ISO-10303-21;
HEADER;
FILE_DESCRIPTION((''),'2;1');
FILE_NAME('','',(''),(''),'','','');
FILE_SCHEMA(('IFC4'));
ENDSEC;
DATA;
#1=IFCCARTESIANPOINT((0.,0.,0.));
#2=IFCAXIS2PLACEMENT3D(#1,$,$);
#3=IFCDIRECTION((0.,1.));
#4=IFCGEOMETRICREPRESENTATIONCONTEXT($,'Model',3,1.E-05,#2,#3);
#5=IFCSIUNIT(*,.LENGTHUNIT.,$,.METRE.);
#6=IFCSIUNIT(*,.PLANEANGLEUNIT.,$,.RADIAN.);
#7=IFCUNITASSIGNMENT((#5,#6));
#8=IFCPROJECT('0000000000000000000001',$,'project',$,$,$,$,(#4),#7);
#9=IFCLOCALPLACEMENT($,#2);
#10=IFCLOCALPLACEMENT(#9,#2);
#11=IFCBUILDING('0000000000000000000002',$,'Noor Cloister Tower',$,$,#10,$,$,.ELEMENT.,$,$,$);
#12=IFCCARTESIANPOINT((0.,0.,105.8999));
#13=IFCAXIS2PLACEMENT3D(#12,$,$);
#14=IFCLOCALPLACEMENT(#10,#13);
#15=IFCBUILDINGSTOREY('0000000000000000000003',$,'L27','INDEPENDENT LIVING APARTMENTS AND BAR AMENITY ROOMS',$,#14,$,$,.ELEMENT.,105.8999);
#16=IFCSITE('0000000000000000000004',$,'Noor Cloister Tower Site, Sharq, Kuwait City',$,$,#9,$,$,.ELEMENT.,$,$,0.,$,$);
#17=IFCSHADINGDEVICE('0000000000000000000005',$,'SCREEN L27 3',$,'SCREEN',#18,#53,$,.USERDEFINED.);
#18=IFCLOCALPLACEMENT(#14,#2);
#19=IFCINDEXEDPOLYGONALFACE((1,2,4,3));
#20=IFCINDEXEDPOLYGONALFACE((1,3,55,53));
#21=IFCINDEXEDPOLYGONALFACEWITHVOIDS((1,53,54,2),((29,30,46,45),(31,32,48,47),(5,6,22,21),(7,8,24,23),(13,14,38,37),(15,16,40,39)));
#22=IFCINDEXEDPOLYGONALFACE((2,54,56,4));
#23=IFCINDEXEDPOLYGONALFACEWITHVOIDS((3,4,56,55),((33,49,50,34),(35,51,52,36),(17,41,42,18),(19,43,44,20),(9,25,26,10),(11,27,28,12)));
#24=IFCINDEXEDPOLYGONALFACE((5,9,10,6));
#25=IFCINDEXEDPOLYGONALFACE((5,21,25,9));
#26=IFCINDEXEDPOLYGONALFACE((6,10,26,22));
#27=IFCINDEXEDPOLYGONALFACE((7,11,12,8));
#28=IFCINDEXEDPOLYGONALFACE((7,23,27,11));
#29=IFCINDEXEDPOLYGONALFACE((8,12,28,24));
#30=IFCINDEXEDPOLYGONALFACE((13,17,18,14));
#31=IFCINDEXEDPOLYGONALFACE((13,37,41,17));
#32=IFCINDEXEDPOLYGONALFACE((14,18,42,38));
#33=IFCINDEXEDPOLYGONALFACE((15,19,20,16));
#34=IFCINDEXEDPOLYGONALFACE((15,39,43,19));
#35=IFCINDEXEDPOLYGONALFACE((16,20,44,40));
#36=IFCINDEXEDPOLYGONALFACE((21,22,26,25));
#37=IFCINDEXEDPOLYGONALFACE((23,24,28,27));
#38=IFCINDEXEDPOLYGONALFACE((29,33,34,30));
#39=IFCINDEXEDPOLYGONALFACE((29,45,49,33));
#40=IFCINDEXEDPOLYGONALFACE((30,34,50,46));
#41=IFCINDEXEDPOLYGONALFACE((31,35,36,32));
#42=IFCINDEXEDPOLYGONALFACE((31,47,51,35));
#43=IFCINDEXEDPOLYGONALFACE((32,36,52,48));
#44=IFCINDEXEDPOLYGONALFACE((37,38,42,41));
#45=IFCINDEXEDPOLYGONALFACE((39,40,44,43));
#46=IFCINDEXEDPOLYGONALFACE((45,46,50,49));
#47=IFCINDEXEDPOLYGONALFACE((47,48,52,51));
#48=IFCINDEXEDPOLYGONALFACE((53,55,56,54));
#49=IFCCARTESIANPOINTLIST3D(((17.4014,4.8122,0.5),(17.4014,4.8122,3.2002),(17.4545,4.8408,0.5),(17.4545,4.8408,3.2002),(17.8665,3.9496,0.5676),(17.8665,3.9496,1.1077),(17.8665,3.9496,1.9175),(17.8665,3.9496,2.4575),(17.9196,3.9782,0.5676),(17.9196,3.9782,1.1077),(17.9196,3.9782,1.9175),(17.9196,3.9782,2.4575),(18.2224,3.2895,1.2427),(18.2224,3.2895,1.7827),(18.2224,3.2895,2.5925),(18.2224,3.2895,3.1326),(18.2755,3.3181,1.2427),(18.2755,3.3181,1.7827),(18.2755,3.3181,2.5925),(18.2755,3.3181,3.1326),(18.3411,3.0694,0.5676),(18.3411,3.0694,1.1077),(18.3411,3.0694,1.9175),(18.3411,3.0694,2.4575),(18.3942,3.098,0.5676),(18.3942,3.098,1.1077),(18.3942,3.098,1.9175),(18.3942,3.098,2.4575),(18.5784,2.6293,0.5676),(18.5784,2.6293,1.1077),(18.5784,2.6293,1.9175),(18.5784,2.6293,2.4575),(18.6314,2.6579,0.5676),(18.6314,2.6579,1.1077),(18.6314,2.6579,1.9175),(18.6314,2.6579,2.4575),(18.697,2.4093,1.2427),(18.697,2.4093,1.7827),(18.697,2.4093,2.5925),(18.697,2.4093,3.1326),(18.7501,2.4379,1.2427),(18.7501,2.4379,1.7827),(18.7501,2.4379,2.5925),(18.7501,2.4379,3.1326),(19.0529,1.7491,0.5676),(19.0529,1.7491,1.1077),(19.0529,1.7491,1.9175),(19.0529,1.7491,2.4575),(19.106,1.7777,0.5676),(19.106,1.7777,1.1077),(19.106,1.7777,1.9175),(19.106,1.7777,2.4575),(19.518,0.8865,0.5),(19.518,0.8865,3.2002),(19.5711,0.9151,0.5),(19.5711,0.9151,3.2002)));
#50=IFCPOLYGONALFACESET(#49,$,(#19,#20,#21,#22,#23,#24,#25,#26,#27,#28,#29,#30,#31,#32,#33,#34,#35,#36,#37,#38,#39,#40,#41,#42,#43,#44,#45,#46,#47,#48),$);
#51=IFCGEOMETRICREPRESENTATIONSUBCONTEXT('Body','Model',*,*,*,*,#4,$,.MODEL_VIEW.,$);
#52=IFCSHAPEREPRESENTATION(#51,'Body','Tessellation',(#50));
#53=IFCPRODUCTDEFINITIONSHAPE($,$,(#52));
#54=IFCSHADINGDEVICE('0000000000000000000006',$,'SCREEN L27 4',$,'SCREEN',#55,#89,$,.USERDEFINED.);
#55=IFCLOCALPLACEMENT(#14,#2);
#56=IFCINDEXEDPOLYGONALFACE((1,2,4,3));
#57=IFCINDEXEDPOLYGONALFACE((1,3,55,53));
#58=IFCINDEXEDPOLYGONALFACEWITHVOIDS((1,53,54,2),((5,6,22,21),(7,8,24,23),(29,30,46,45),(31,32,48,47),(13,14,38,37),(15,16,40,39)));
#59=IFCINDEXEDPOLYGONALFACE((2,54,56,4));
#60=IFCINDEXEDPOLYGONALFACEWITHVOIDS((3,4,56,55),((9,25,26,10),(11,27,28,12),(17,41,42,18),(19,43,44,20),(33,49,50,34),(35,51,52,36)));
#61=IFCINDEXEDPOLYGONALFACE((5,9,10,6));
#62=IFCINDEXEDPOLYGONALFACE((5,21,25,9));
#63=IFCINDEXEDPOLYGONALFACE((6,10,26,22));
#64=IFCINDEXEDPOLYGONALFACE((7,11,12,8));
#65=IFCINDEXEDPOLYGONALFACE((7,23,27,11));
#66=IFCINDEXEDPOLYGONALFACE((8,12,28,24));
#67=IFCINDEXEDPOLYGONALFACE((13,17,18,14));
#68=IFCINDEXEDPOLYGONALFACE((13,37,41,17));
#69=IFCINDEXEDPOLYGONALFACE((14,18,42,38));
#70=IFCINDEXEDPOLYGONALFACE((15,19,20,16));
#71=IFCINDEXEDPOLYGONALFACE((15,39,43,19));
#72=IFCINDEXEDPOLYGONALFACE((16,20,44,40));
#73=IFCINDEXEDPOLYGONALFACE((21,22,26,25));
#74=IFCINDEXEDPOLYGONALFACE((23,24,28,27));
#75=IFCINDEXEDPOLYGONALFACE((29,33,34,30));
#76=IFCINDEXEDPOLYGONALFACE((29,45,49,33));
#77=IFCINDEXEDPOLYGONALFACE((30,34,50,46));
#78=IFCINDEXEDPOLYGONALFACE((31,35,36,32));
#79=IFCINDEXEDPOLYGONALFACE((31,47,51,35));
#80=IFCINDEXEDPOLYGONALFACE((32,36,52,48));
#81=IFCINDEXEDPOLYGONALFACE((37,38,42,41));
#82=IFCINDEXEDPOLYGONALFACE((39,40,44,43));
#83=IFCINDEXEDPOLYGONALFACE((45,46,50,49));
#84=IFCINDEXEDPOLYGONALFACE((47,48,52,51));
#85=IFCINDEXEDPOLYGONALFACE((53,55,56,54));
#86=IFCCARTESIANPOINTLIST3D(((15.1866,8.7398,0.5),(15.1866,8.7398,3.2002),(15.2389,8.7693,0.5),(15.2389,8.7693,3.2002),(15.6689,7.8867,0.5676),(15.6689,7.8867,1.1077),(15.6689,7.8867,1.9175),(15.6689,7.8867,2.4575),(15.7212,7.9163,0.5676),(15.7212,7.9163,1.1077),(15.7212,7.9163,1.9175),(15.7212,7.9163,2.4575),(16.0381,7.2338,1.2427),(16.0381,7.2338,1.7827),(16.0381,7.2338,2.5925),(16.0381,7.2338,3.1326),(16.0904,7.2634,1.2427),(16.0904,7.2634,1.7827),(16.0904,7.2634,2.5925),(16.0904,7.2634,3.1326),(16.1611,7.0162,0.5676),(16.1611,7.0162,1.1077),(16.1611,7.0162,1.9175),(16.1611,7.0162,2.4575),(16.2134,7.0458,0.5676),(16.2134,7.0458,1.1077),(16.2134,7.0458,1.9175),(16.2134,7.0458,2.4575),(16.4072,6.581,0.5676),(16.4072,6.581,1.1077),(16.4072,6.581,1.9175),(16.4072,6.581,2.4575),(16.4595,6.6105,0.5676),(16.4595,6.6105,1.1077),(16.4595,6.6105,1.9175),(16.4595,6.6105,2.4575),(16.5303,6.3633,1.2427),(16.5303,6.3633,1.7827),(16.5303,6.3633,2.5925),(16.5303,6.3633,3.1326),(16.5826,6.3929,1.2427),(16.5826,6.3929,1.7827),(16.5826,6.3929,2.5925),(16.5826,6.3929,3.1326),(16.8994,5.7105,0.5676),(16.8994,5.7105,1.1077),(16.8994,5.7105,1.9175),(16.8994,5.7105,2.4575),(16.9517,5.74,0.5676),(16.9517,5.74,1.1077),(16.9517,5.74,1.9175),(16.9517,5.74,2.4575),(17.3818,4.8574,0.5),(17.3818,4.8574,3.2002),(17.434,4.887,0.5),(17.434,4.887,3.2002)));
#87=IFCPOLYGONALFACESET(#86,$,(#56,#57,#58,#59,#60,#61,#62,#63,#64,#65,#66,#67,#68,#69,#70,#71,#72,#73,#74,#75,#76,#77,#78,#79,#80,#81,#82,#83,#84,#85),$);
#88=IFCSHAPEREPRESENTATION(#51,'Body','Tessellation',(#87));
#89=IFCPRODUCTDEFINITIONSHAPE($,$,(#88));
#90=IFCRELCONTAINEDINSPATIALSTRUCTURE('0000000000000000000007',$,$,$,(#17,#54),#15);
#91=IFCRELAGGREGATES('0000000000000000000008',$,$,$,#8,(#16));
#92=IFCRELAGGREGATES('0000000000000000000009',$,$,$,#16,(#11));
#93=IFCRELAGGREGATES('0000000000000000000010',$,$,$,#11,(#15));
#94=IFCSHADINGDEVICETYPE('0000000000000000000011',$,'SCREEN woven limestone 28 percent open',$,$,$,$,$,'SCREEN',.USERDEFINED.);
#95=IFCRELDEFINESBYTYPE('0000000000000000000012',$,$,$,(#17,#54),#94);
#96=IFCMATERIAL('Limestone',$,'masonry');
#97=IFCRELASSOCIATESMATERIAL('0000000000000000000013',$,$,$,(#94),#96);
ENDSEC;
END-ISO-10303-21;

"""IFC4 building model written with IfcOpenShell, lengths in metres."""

from ifc_helpers import new_model, si_unit, direction, frame, origin, place, context, subcontext, project, spatial, polyline, outline, extrude, material, material_profile, profile_set, type_object, element, save


model = new_model("IFC4")

# Units and contexts
model_context = context("Model", 3, precision=1e-05, world=origin(), true_north=direction((0.0, 1.0)))
body_context = subcontext(model_context, "Body", "Model", "MODEL_VIEW")
ifc_project = project(units=[si_unit("LENGTHUNIT", "METRE"), si_unit("PLANEANGLEUNIT", "RADIAN")], contexts=[model_context])

# Site, building, storey
site_placement = place(None, origin())
site = spatial("IfcSite", under=ifc_project, at=site_placement, Name="Noor Cloister Tower Site, Sharq, Kuwait City", CompositionType="ELEMENT", RefElevation=0.0)
building_placement = place(site_placement, origin())
building = spatial("IfcBuilding", under=site, at=building_placement, Name="Noor Cloister Tower", CompositionType="ELEMENT")
storey_placement = place(building_placement, frame((0.0, 0.0, 105.8999)))
storey = spatial("IfcBuildingStorey", under=building, at=storey_placement, Name="L27", Description="INDEPENDENT LIVING APARTMENTS AND BAR AMENITY ROOMS", CompositionType="ELEMENT", Elevation=105.8999)

# Shading devices
ifc_material_1 = material(Name="Limestone", Category="masonry")
ifc_material_profile_1 = material_profile(ifc_material_1, outline(polyline([(-2.23, -1.3501), (2.23, -1.3501), (2.23, 1.3501), (-2.23, 1.3501), (-2.23, -1.3501)]), holes=[polyline([(-1.25, -1.2825), (-0.25, -1.2825), (-0.25, -0.7424), (-1.25, -0.7424), (-1.25, -1.2825)]), polyline([(0.25, -1.2825), (1.25, -1.2825), (1.25, -0.7424), (0.25, -0.7424), (0.25, -1.2825)]), polyline([(-0.5, -0.6074), (0.5, -0.6074), (0.5, -0.0674), (-0.5, -0.0674), (-0.5, -0.6074)]), polyline([(-1.25, 0.0674), (-0.25, 0.0674), (-0.25, 0.6074), (-1.25, 0.6074), (-1.25, 0.0674)]), polyline([(0.25, 0.0674), (1.25, 0.0674), (1.25, 0.6074), (0.25, 0.6074), (0.25, 0.0674)]), polyline([(-0.5, 0.7424), (0.5, 0.7424), (0.5, 1.2825), (-0.5, 1.2825), (-0.5, 0.7424)])]), Name="Woven screen 28 percent open")
ifc_profile_set_1 = profile_set([ifc_material_profile_1], Name="Limestone")
shading_device_type = type_object("IfcShadingDeviceType", Name="SCREEN woven limestone 28 percent open", ElementType="SCREEN", PredefinedType="USERDEFINED", material=ifc_profile_set_1)
shading_device_1_placement = place(storey_placement, frame((18.4597, 2.8494, 1.8501), z_axis=(0.88021, 0.474584, 0.0), x_axis=(-0.474584, 0.88021, 0.0)))
element("IfcShadingDevice", 1, at=shading_device_1_placement, inside=storey, type_object=shading_device_type, Name="SCREEN L27 3", ObjectType="SCREEN", PredefinedType="USERDEFINED", context=body_context, shape_type="SweptSolid", body=[
    extrude(outline(polyline([(-2.23, -1.3501), (2.23, -1.3501), (2.23, 1.3501), (-2.23, 1.3501), (-2.23, -1.3501)]), holes=[polyline([(-1.25, -1.2825), (-0.25, -1.2825), (-0.25, -0.7424), (-1.25, -0.7424), (-1.25, -1.2825)]), polyline([(0.25, -1.2825), (1.25, -1.2825), (1.25, -0.7424), (0.25, -0.7424), (0.25, -1.2825)]), polyline([(-0.5, -0.6074), (0.5, -0.6074), (0.5, -0.0674), (-0.5, -0.0674), (-0.5, -0.6074)]), polyline([(-1.25, 0.0674), (-0.25, 0.0674), (-0.25, 0.6074), (-1.25, 0.6074), (-1.25, 0.0674)]), polyline([(0.25, 0.0674), (1.25, 0.0674), (1.25, 0.6074), (0.25, 0.6074), (0.25, 0.0674)]), polyline([(-0.5, 0.7424), (0.5, 0.7424), (0.5, 1.2825), (-0.5, 1.2825), (-0.5, 0.7424)])]), origin(), (0.0, 0.0, 1.0), 0.0603),
])
shading_device_2_placement = place(storey_placement, frame((16.2842, 6.7986, 1.8501), z_axis=(0.870487, 0.492191, 0.0), x_axis=(-0.492191, 0.870487, 0.0)))
element("IfcShadingDevice", 2, at=shading_device_2_placement, inside=storey, type_object=shading_device_type, Name="SCREEN L27 4", ObjectType="SCREEN", PredefinedType="USERDEFINED", context=body_context, shape_type="SweptSolid", body=[
    extrude(outline(polyline([(-2.23, -1.3501), (2.23, -1.3501), (2.23, 1.3501), (-2.23, 1.3501), (-2.23, -1.3501)]), holes=[polyline([(-1.25, -1.2825), (-0.25, -1.2825), (-0.25, -0.7424), (-1.25, -0.7424), (-1.25, -1.2825)]), polyline([(0.25, -1.2825), (1.25, -1.2825), (1.25, -0.7424), (0.25, -0.7424), (0.25, -1.2825)]), polyline([(-0.5, -0.6074), (0.5, -0.6074), (0.5, -0.0674), (-0.5, -0.0674), (-0.5, -0.6074)]), polyline([(-1.25, 0.0674), (-0.25, 0.0674), (-0.25, 0.6074), (-1.25, 0.6074), (-1.25, 0.0674)]), polyline([(0.25, 0.0674), (1.25, 0.0674), (1.25, 0.6074), (0.25, 0.6074), (0.25, 0.0674)]), polyline([(-0.5, 0.7424), (0.5, 0.7424), (0.5, 1.2825), (-0.5, 1.2825), (-0.5, 0.7424)])]), origin(), (0.0, 0.0, 1.0), 0.0601),
])

save(model, "model.ifc")
